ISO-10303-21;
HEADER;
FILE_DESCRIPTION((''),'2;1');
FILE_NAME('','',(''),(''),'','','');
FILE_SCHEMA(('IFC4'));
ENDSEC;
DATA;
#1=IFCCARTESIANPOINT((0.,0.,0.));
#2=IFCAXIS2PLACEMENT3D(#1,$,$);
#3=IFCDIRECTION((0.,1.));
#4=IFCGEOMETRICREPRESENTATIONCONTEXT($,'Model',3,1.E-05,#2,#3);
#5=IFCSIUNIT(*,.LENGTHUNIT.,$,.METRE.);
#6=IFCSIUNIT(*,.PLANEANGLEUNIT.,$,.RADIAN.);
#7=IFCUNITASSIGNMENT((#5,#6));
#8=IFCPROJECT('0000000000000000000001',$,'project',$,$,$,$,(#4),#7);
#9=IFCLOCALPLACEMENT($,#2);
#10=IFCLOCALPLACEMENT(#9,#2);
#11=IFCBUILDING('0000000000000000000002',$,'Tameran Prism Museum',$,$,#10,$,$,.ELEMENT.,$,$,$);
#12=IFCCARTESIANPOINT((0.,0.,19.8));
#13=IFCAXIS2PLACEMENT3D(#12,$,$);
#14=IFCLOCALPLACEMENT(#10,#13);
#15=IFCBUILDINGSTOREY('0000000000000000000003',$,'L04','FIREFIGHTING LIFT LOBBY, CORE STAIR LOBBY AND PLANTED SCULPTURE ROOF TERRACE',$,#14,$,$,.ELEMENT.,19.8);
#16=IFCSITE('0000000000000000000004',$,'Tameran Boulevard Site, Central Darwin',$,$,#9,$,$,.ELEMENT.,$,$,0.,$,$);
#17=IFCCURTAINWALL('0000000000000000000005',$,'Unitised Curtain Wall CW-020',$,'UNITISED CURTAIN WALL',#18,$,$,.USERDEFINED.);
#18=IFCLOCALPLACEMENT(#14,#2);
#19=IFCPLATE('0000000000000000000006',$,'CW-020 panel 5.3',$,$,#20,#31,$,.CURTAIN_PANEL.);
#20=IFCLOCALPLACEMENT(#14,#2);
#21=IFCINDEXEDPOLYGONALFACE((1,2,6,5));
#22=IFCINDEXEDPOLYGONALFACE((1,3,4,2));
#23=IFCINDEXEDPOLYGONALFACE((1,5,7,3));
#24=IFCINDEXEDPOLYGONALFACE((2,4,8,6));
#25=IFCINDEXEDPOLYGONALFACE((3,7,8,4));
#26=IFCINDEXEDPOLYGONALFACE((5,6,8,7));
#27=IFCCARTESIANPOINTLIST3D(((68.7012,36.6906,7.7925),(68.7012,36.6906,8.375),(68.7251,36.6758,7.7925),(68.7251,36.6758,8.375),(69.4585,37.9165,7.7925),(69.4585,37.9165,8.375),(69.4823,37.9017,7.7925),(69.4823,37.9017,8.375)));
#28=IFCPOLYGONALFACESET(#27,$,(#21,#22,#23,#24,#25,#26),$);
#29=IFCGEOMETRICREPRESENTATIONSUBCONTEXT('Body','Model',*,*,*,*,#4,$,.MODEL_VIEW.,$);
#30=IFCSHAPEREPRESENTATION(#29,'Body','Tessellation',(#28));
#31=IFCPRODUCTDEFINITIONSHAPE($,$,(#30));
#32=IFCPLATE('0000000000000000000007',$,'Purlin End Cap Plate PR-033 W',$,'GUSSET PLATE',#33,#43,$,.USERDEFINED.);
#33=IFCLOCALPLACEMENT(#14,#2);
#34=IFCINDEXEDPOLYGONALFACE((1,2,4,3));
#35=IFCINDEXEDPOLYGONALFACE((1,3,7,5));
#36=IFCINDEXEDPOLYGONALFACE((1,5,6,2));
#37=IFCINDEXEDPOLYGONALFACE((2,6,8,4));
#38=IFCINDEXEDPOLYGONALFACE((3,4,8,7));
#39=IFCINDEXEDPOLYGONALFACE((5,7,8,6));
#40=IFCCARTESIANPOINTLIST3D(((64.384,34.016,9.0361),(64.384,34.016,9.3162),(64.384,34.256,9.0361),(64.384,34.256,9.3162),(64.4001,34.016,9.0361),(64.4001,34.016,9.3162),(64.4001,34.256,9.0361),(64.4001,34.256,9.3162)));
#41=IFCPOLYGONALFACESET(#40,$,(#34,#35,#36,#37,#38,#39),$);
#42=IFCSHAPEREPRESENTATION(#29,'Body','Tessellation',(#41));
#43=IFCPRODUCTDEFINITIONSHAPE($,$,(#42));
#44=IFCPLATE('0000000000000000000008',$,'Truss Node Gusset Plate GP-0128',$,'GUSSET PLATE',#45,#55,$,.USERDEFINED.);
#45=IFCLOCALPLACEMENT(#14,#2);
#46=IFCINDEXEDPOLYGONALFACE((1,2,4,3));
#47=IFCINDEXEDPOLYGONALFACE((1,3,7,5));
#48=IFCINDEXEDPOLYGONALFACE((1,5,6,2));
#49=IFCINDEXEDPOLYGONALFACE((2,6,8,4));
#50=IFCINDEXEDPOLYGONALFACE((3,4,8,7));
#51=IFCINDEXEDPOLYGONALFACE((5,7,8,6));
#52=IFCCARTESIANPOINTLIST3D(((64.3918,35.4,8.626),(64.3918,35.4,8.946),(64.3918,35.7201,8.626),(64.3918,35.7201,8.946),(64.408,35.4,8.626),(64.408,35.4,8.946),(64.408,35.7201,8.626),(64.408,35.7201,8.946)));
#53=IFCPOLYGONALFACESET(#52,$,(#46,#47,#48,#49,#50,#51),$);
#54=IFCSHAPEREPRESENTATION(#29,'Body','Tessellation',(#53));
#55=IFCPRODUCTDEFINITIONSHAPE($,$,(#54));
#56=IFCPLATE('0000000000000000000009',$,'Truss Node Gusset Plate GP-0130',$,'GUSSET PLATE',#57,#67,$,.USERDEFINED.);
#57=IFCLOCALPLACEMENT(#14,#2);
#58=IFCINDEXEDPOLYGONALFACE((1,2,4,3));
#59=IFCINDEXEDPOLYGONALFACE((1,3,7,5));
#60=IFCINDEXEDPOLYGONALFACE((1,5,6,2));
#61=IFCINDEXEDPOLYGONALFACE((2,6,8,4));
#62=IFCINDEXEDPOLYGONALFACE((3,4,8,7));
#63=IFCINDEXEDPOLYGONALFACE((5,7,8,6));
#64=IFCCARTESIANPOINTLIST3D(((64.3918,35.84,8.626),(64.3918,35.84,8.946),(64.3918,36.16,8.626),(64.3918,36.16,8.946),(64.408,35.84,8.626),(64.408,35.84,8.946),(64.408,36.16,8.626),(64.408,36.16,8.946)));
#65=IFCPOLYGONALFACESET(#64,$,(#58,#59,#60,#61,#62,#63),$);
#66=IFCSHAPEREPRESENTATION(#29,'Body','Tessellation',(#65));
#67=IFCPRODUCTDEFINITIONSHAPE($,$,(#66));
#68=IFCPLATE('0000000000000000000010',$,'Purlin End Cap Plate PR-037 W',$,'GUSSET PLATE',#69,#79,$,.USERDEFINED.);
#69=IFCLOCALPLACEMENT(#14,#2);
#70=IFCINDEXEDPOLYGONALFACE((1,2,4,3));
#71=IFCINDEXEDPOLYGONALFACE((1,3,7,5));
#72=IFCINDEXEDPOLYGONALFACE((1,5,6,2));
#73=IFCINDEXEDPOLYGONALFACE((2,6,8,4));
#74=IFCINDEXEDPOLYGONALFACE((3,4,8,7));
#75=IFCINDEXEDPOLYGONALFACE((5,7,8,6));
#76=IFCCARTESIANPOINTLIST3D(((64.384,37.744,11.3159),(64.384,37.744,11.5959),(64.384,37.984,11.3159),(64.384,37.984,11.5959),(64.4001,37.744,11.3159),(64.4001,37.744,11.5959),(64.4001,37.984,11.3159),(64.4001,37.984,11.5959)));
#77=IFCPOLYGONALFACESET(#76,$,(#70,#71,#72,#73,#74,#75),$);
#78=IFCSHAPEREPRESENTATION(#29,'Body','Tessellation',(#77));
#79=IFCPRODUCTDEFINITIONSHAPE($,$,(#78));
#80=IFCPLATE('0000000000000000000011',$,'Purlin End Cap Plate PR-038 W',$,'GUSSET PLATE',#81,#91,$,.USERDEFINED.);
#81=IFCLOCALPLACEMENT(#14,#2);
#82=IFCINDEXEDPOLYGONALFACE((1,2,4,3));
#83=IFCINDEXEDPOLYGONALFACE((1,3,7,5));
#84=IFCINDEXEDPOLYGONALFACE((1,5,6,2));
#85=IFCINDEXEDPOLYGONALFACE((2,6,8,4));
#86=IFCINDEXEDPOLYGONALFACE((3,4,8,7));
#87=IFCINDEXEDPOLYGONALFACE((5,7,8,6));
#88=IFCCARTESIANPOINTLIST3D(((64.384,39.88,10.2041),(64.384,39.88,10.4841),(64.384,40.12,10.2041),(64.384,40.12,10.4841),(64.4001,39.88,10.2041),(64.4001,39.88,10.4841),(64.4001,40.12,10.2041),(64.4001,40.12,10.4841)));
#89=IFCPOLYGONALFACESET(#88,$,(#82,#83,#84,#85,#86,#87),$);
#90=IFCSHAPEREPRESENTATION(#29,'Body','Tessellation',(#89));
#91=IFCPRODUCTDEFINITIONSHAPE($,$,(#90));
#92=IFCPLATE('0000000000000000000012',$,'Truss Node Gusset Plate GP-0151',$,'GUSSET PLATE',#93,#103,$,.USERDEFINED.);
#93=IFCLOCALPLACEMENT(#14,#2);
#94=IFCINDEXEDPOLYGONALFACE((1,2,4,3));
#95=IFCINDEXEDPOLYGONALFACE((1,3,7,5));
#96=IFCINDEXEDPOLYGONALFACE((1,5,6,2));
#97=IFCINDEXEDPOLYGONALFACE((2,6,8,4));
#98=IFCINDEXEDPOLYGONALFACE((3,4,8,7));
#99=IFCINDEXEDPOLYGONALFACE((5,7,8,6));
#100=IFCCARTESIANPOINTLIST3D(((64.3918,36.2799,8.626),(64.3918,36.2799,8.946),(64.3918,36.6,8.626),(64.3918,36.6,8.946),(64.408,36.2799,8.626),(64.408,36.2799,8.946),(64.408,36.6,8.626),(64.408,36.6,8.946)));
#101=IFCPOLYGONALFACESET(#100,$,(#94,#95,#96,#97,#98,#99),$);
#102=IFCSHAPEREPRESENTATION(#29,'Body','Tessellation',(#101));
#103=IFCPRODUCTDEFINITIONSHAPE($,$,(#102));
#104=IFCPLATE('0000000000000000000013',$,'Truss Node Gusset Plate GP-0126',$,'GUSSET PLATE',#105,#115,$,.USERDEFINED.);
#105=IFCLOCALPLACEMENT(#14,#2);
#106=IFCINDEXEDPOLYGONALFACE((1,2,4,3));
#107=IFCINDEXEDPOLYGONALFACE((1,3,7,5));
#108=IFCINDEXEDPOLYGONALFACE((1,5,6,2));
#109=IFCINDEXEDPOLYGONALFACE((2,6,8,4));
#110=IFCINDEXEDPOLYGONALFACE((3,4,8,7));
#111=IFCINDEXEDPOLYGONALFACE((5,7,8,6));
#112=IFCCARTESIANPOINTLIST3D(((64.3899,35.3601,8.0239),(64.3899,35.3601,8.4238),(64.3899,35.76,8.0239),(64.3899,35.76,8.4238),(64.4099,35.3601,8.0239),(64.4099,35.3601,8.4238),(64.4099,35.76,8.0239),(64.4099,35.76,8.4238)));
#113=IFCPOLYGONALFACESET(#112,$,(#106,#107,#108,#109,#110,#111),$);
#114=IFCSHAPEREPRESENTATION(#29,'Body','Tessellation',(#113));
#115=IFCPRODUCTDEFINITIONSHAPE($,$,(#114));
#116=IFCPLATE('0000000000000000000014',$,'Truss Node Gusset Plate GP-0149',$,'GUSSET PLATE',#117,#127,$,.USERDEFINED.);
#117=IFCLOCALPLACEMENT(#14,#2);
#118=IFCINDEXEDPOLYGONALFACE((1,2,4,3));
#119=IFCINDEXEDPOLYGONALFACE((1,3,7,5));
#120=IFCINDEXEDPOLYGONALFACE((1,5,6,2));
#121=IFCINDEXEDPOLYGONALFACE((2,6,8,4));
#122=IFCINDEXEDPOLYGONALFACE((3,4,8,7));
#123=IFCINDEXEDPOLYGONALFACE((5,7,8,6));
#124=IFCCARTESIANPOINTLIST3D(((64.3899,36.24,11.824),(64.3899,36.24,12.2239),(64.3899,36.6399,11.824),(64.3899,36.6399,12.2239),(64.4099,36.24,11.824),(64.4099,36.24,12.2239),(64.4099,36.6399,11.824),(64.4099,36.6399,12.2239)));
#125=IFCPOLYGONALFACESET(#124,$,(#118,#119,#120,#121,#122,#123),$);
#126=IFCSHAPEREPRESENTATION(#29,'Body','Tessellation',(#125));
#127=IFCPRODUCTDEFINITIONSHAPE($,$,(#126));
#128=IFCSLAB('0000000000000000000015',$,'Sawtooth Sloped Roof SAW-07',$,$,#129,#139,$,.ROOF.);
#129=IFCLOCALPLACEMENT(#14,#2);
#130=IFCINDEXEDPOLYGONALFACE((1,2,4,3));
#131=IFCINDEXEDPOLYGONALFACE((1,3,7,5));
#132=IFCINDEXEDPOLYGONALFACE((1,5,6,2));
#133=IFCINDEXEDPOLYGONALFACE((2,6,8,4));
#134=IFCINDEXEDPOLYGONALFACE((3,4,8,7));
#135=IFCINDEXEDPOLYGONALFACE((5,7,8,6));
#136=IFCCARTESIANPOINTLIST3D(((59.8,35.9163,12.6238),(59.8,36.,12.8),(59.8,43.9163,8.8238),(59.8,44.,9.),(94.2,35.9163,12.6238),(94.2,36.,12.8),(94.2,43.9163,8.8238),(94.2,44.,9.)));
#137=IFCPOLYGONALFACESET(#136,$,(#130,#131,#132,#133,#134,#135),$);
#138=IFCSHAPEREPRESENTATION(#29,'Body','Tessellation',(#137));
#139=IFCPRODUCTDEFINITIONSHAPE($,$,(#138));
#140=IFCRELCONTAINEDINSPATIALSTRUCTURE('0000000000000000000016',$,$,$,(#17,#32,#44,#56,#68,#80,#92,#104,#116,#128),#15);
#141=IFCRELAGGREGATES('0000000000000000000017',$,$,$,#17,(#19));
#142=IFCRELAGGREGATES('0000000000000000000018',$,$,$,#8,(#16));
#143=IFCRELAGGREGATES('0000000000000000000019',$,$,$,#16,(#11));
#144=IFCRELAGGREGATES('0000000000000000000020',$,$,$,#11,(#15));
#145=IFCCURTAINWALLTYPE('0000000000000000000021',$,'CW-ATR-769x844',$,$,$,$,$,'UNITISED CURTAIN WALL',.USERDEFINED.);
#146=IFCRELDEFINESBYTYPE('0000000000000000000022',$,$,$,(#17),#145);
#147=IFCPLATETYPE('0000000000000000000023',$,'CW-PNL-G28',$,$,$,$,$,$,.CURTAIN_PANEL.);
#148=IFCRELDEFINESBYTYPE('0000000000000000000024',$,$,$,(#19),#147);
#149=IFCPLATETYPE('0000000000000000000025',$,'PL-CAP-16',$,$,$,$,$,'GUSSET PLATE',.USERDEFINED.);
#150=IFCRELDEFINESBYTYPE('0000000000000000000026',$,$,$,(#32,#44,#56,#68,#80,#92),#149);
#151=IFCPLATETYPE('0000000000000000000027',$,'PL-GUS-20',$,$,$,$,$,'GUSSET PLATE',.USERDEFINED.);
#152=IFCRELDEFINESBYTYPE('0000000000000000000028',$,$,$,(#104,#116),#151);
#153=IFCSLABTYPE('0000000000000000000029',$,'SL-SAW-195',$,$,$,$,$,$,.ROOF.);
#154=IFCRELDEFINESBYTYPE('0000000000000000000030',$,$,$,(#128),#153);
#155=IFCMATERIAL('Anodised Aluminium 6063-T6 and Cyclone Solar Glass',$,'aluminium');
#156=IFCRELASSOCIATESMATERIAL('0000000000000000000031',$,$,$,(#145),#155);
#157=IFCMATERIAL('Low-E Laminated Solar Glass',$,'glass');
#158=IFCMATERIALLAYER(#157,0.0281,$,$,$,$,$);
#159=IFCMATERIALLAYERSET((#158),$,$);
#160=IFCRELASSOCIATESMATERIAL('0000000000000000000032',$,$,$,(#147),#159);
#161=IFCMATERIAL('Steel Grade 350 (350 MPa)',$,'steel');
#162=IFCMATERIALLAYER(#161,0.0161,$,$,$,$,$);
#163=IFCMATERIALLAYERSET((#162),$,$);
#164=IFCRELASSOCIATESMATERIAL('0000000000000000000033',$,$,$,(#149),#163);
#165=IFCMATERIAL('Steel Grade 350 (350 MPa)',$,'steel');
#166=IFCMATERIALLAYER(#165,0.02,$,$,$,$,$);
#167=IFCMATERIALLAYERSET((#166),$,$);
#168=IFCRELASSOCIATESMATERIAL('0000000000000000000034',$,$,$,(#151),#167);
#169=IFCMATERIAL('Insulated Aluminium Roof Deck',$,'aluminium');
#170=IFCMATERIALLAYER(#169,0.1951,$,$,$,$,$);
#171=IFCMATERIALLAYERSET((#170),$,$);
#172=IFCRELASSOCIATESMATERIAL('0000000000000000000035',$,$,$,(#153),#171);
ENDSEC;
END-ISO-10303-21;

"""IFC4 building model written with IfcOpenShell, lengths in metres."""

from ifc_helpers import new_model, si_unit, direction, frame, origin, origin_2d, place, context, subcontext, project, spatial, polyline, rectangle, outline, extrude, material, layer, layer_set, type_object, element, aggregate, save


model = new_model("IFC4")

# Units and contexts
model_context = context("Model", 3, precision=1e-05, world=origin(), true_north=direction((0.0, 1.0)))
body_context = subcontext(model_context, "Body", "Model", "MODEL_VIEW")
ifc_project = project(units=[si_unit("LENGTHUNIT", "METRE"), si_unit("PLANEANGLEUNIT", "RADIAN")], contexts=[model_context])

# Site, building, storey
site_placement = place(None, origin())
site = spatial("IfcSite", under=ifc_project, at=site_placement, Name="Tameran Boulevard Site, Central Darwin", CompositionType="ELEMENT", RefElevation=0.0)
building_placement = place(site_placement, origin())
building = spatial("IfcBuilding", under=site, at=building_placement, Name="Tameran Prism Museum", CompositionType="ELEMENT")
storey_placement = place(building_placement, frame((0.0, 0.0, 19.8)))
storey = spatial("IfcBuildingStorey", under=building, at=storey_placement, Name="L04", Description="FIREFIGHTING LIFT LOBBY, CORE STAIR LOBBY AND PLANTED SCULPTURE ROOF TERRACE", CompositionType="ELEMENT", Elevation=19.8)

# Shared definitions
ifc_material_1 = material(Name="Anodised Aluminium 6063-T6 and Cyclone Solar Glass", Category="aluminium")
curtain_wall_type = type_object("IfcCurtainWallType", Name="CW-ATR-769x844", ElementType="UNITISED CURTAIN WALL", PredefinedType="USERDEFINED", material=ifc_material_1)

# Curtain wall
curtain_wall_1_placement = place(storey_placement, origin())
curtain_wall_1 = element("IfcCurtainWall", 1, at=curtain_wall_1_placement, inside=storey, type_object=curtain_wall_type, Name="Unitised Curtain Wall CW-020", ObjectType="UNITISED CURTAIN WALL", PredefinedType="USERDEFINED")

# Plate
ifc_material_2 = material(Name="Low-E Laminated Solar Glass", Category="glass")
ifc_layer_1 = layer(ifc_material_2, 0.0281)
ifc_layer_set_1 = layer_set([ifc_layer_1])
plate_type_1 = type_object("IfcPlateType", Name="CW-PNL-G28", PredefinedType="CURTAIN_PANEL", material=ifc_layer_set_1)
plate_1_placement = place(storey_placement, frame((69.0918, 37.2961, 7.7925), z_axis=(0.0, 0.0, 1.0), x_axis=(-0.525504, -0.850791, 0.0)))
plate_1 = element("IfcPlate", 2, at=plate_1_placement, type_object=plate_type_1, Name="CW-020 panel 5.3", PredefinedType="CURTAIN_PANEL", context=body_context, shape_type="SweptSolid", body=[
    extrude(rectangle(XDim=1.4409, YDim=0.0281, at=origin_2d()), origin(), (0.0, 0.0, 1.0), 0.5825),
])
aggregate(curtain_wall_1, [plate_1])

# Plates
ifc_material_3 = material(Name="Steel Grade 350 (350 MPa)", Category="steel")
ifc_layer_2 = layer(ifc_material_3, 0.0161)
ifc_layer_set_2 = layer_set([ifc_layer_2])
plate_type_2 = type_object("IfcPlateType", Name="PL-CAP-16", ElementType="GUSSET PLATE", PredefinedType="USERDEFINED", material=ifc_layer_set_2)
plate_2_placement = place(storey_placement, frame((64.3921, 34.136, 9.0361), z_axis=(0.0, 0.0, 1.0), x_axis=(1.0, 0.0, 0.0)))
element("IfcPlate", 3, at=plate_2_placement, inside=storey, type_object=plate_type_2, Name="Purlin End Cap Plate PR-033 W", ObjectType="GUSSET PLATE", PredefinedType="USERDEFINED", context=body_context, shape_type="SweptSolid", body=[
    extrude(rectangle(XDim=0.0161, YDim=0.24, at=origin_2d()), origin(), (0.0, 0.0, 1.0), 0.28),
])
for number, where, z_axis, x_axis, name in (
    (4, (64.3999, 35.5601, 8.626), (0.0, 0.0, 1.0), (1.0, 0.0, 0.0), "Truss Node Gusset Plate GP-0128"),
    (5, (64.3999, 36.0, 8.626), (0.0, 0.0, 1.0), (1.0, 0.0, 0.0), "Truss Node Gusset Plate GP-0130"),
):
    element("IfcPlate", number, at=place(storey_placement, frame(where, z_axis=z_axis, x_axis=x_axis)), inside=storey, type_object=plate_type_2, Name=name, ObjectType="GUSSET PLATE", PredefinedType="USERDEFINED", context=body_context, shape_type="SweptSolid", body=[
        extrude(rectangle(XDim=0.0161, YDim=0.3201, at=origin_2d()), origin(), (0.0, 0.0, 1.0), 0.3201),
    ])
for number, where, z_axis, x_axis, name in (
    (6, (64.3921, 37.864, 11.3159), (0.0, 0.0, 1.0), (1.0, 0.0, 0.0), "Purlin End Cap Plate PR-037 W"),
    (7, (64.3921, 40.0, 10.2041), (0.0, 0.0, 1.0), (1.0, 0.0, 0.0), "Purlin End Cap Plate PR-038 W"),
):
    element("IfcPlate", number, at=place(storey_placement, frame(where, z_axis=z_axis, x_axis=x_axis)), inside=storey, type_object=plate_type_2, Name=name, ObjectType="GUSSET PLATE", PredefinedType="USERDEFINED", context=body_context, shape_type="SweptSolid", body=[
        extrude(rectangle(XDim=0.0161, YDim=0.24, at=origin_2d()), origin(), (0.0, 0.0, 1.0), 0.28),
    ])
plate_3_placement = place(storey_placement, frame((64.3999, 36.4399, 8.626), z_axis=(0.0, 0.0, 1.0), x_axis=(1.0, 0.0, 0.0)))
element("IfcPlate", 8, at=plate_3_placement, inside=storey, type_object=plate_type_2, Name="Truss Node Gusset Plate GP-0151", ObjectType="GUSSET PLATE", PredefinedType="USERDEFINED", context=body_context, shape_type="SweptSolid", body=[
    extrude(rectangle(XDim=0.0161, YDim=0.3201, at=origin_2d()), origin(), (0.0, 0.0, 1.0), 0.3201),
])
ifc_material_4 = material(Name="Steel Grade 350 (350 MPa)", Category="steel")
ifc_layer_3 = layer(ifc_material_4, 0.02)
ifc_layer_set_3 = layer_set([ifc_layer_3])
plate_type_3 = type_object("IfcPlateType", Name="PL-GUS-20", ElementType="GUSSET PLATE", PredefinedType="USERDEFINED", material=ifc_layer_set_3)
for number, where, z_axis, x_axis, name in (
    (9, (64.3999, 35.5601, 8.0239), (0.0, 0.0, 1.0), (1.0, 0.0, 0.0), "Truss Node Gusset Plate GP-0126"),
    (10, (64.3999, 36.4399, 11.824), (0.0, 0.0, 1.0), (1.0, 0.0, 0.0), "Truss Node Gusset Plate GP-0149"),
):
    element("IfcPlate", number, at=place(storey_placement, frame(where, z_axis=z_axis, x_axis=x_axis)), inside=storey, type_object=plate_type_3, Name=name, ObjectType="GUSSET PLATE", PredefinedType="USERDEFINED", context=body_context, shape_type="SweptSolid", body=[
        extrude(rectangle(XDim=0.02, YDim=0.3999, at=origin_2d()), origin(), (0.0, 0.0, 1.0), 0.3999),
    ])

# Slab
ifc_material_5 = material(Name="Insulated Aluminium Roof Deck", Category="aluminium")
ifc_layer_4 = layer(ifc_material_5, 0.1951)
ifc_layer_set_4 = layer_set([ifc_layer_4])
slab_type = type_object("IfcSlabType", Name="SL-SAW-195", PredefinedType="ROOF", material=ifc_layer_set_4)
slab_placement = place(storey_placement, frame((59.8, 36.0, 12.8), z_axis=(0.0, 0.429061, 0.903275), x_axis=(1.0, 0.0, 0.0)))
element("IfcSlab", 11, at=slab_placement, inside=storey, type_object=slab_type, Name="Sawtooth Sloped Roof SAW-07", PredefinedType="ROOF", context=body_context, shape_type="SweptSolid", body=[
    extrude(outline(polyline([(0.0, 0.0), (34.3999, 0.0), (34.3999, 8.8567), (0.0, 8.8567), (0.0, 0.0)])), origin(), (0.0, 0.0, -1.0), 0.1951),
])

save(model, "model.ifc")
